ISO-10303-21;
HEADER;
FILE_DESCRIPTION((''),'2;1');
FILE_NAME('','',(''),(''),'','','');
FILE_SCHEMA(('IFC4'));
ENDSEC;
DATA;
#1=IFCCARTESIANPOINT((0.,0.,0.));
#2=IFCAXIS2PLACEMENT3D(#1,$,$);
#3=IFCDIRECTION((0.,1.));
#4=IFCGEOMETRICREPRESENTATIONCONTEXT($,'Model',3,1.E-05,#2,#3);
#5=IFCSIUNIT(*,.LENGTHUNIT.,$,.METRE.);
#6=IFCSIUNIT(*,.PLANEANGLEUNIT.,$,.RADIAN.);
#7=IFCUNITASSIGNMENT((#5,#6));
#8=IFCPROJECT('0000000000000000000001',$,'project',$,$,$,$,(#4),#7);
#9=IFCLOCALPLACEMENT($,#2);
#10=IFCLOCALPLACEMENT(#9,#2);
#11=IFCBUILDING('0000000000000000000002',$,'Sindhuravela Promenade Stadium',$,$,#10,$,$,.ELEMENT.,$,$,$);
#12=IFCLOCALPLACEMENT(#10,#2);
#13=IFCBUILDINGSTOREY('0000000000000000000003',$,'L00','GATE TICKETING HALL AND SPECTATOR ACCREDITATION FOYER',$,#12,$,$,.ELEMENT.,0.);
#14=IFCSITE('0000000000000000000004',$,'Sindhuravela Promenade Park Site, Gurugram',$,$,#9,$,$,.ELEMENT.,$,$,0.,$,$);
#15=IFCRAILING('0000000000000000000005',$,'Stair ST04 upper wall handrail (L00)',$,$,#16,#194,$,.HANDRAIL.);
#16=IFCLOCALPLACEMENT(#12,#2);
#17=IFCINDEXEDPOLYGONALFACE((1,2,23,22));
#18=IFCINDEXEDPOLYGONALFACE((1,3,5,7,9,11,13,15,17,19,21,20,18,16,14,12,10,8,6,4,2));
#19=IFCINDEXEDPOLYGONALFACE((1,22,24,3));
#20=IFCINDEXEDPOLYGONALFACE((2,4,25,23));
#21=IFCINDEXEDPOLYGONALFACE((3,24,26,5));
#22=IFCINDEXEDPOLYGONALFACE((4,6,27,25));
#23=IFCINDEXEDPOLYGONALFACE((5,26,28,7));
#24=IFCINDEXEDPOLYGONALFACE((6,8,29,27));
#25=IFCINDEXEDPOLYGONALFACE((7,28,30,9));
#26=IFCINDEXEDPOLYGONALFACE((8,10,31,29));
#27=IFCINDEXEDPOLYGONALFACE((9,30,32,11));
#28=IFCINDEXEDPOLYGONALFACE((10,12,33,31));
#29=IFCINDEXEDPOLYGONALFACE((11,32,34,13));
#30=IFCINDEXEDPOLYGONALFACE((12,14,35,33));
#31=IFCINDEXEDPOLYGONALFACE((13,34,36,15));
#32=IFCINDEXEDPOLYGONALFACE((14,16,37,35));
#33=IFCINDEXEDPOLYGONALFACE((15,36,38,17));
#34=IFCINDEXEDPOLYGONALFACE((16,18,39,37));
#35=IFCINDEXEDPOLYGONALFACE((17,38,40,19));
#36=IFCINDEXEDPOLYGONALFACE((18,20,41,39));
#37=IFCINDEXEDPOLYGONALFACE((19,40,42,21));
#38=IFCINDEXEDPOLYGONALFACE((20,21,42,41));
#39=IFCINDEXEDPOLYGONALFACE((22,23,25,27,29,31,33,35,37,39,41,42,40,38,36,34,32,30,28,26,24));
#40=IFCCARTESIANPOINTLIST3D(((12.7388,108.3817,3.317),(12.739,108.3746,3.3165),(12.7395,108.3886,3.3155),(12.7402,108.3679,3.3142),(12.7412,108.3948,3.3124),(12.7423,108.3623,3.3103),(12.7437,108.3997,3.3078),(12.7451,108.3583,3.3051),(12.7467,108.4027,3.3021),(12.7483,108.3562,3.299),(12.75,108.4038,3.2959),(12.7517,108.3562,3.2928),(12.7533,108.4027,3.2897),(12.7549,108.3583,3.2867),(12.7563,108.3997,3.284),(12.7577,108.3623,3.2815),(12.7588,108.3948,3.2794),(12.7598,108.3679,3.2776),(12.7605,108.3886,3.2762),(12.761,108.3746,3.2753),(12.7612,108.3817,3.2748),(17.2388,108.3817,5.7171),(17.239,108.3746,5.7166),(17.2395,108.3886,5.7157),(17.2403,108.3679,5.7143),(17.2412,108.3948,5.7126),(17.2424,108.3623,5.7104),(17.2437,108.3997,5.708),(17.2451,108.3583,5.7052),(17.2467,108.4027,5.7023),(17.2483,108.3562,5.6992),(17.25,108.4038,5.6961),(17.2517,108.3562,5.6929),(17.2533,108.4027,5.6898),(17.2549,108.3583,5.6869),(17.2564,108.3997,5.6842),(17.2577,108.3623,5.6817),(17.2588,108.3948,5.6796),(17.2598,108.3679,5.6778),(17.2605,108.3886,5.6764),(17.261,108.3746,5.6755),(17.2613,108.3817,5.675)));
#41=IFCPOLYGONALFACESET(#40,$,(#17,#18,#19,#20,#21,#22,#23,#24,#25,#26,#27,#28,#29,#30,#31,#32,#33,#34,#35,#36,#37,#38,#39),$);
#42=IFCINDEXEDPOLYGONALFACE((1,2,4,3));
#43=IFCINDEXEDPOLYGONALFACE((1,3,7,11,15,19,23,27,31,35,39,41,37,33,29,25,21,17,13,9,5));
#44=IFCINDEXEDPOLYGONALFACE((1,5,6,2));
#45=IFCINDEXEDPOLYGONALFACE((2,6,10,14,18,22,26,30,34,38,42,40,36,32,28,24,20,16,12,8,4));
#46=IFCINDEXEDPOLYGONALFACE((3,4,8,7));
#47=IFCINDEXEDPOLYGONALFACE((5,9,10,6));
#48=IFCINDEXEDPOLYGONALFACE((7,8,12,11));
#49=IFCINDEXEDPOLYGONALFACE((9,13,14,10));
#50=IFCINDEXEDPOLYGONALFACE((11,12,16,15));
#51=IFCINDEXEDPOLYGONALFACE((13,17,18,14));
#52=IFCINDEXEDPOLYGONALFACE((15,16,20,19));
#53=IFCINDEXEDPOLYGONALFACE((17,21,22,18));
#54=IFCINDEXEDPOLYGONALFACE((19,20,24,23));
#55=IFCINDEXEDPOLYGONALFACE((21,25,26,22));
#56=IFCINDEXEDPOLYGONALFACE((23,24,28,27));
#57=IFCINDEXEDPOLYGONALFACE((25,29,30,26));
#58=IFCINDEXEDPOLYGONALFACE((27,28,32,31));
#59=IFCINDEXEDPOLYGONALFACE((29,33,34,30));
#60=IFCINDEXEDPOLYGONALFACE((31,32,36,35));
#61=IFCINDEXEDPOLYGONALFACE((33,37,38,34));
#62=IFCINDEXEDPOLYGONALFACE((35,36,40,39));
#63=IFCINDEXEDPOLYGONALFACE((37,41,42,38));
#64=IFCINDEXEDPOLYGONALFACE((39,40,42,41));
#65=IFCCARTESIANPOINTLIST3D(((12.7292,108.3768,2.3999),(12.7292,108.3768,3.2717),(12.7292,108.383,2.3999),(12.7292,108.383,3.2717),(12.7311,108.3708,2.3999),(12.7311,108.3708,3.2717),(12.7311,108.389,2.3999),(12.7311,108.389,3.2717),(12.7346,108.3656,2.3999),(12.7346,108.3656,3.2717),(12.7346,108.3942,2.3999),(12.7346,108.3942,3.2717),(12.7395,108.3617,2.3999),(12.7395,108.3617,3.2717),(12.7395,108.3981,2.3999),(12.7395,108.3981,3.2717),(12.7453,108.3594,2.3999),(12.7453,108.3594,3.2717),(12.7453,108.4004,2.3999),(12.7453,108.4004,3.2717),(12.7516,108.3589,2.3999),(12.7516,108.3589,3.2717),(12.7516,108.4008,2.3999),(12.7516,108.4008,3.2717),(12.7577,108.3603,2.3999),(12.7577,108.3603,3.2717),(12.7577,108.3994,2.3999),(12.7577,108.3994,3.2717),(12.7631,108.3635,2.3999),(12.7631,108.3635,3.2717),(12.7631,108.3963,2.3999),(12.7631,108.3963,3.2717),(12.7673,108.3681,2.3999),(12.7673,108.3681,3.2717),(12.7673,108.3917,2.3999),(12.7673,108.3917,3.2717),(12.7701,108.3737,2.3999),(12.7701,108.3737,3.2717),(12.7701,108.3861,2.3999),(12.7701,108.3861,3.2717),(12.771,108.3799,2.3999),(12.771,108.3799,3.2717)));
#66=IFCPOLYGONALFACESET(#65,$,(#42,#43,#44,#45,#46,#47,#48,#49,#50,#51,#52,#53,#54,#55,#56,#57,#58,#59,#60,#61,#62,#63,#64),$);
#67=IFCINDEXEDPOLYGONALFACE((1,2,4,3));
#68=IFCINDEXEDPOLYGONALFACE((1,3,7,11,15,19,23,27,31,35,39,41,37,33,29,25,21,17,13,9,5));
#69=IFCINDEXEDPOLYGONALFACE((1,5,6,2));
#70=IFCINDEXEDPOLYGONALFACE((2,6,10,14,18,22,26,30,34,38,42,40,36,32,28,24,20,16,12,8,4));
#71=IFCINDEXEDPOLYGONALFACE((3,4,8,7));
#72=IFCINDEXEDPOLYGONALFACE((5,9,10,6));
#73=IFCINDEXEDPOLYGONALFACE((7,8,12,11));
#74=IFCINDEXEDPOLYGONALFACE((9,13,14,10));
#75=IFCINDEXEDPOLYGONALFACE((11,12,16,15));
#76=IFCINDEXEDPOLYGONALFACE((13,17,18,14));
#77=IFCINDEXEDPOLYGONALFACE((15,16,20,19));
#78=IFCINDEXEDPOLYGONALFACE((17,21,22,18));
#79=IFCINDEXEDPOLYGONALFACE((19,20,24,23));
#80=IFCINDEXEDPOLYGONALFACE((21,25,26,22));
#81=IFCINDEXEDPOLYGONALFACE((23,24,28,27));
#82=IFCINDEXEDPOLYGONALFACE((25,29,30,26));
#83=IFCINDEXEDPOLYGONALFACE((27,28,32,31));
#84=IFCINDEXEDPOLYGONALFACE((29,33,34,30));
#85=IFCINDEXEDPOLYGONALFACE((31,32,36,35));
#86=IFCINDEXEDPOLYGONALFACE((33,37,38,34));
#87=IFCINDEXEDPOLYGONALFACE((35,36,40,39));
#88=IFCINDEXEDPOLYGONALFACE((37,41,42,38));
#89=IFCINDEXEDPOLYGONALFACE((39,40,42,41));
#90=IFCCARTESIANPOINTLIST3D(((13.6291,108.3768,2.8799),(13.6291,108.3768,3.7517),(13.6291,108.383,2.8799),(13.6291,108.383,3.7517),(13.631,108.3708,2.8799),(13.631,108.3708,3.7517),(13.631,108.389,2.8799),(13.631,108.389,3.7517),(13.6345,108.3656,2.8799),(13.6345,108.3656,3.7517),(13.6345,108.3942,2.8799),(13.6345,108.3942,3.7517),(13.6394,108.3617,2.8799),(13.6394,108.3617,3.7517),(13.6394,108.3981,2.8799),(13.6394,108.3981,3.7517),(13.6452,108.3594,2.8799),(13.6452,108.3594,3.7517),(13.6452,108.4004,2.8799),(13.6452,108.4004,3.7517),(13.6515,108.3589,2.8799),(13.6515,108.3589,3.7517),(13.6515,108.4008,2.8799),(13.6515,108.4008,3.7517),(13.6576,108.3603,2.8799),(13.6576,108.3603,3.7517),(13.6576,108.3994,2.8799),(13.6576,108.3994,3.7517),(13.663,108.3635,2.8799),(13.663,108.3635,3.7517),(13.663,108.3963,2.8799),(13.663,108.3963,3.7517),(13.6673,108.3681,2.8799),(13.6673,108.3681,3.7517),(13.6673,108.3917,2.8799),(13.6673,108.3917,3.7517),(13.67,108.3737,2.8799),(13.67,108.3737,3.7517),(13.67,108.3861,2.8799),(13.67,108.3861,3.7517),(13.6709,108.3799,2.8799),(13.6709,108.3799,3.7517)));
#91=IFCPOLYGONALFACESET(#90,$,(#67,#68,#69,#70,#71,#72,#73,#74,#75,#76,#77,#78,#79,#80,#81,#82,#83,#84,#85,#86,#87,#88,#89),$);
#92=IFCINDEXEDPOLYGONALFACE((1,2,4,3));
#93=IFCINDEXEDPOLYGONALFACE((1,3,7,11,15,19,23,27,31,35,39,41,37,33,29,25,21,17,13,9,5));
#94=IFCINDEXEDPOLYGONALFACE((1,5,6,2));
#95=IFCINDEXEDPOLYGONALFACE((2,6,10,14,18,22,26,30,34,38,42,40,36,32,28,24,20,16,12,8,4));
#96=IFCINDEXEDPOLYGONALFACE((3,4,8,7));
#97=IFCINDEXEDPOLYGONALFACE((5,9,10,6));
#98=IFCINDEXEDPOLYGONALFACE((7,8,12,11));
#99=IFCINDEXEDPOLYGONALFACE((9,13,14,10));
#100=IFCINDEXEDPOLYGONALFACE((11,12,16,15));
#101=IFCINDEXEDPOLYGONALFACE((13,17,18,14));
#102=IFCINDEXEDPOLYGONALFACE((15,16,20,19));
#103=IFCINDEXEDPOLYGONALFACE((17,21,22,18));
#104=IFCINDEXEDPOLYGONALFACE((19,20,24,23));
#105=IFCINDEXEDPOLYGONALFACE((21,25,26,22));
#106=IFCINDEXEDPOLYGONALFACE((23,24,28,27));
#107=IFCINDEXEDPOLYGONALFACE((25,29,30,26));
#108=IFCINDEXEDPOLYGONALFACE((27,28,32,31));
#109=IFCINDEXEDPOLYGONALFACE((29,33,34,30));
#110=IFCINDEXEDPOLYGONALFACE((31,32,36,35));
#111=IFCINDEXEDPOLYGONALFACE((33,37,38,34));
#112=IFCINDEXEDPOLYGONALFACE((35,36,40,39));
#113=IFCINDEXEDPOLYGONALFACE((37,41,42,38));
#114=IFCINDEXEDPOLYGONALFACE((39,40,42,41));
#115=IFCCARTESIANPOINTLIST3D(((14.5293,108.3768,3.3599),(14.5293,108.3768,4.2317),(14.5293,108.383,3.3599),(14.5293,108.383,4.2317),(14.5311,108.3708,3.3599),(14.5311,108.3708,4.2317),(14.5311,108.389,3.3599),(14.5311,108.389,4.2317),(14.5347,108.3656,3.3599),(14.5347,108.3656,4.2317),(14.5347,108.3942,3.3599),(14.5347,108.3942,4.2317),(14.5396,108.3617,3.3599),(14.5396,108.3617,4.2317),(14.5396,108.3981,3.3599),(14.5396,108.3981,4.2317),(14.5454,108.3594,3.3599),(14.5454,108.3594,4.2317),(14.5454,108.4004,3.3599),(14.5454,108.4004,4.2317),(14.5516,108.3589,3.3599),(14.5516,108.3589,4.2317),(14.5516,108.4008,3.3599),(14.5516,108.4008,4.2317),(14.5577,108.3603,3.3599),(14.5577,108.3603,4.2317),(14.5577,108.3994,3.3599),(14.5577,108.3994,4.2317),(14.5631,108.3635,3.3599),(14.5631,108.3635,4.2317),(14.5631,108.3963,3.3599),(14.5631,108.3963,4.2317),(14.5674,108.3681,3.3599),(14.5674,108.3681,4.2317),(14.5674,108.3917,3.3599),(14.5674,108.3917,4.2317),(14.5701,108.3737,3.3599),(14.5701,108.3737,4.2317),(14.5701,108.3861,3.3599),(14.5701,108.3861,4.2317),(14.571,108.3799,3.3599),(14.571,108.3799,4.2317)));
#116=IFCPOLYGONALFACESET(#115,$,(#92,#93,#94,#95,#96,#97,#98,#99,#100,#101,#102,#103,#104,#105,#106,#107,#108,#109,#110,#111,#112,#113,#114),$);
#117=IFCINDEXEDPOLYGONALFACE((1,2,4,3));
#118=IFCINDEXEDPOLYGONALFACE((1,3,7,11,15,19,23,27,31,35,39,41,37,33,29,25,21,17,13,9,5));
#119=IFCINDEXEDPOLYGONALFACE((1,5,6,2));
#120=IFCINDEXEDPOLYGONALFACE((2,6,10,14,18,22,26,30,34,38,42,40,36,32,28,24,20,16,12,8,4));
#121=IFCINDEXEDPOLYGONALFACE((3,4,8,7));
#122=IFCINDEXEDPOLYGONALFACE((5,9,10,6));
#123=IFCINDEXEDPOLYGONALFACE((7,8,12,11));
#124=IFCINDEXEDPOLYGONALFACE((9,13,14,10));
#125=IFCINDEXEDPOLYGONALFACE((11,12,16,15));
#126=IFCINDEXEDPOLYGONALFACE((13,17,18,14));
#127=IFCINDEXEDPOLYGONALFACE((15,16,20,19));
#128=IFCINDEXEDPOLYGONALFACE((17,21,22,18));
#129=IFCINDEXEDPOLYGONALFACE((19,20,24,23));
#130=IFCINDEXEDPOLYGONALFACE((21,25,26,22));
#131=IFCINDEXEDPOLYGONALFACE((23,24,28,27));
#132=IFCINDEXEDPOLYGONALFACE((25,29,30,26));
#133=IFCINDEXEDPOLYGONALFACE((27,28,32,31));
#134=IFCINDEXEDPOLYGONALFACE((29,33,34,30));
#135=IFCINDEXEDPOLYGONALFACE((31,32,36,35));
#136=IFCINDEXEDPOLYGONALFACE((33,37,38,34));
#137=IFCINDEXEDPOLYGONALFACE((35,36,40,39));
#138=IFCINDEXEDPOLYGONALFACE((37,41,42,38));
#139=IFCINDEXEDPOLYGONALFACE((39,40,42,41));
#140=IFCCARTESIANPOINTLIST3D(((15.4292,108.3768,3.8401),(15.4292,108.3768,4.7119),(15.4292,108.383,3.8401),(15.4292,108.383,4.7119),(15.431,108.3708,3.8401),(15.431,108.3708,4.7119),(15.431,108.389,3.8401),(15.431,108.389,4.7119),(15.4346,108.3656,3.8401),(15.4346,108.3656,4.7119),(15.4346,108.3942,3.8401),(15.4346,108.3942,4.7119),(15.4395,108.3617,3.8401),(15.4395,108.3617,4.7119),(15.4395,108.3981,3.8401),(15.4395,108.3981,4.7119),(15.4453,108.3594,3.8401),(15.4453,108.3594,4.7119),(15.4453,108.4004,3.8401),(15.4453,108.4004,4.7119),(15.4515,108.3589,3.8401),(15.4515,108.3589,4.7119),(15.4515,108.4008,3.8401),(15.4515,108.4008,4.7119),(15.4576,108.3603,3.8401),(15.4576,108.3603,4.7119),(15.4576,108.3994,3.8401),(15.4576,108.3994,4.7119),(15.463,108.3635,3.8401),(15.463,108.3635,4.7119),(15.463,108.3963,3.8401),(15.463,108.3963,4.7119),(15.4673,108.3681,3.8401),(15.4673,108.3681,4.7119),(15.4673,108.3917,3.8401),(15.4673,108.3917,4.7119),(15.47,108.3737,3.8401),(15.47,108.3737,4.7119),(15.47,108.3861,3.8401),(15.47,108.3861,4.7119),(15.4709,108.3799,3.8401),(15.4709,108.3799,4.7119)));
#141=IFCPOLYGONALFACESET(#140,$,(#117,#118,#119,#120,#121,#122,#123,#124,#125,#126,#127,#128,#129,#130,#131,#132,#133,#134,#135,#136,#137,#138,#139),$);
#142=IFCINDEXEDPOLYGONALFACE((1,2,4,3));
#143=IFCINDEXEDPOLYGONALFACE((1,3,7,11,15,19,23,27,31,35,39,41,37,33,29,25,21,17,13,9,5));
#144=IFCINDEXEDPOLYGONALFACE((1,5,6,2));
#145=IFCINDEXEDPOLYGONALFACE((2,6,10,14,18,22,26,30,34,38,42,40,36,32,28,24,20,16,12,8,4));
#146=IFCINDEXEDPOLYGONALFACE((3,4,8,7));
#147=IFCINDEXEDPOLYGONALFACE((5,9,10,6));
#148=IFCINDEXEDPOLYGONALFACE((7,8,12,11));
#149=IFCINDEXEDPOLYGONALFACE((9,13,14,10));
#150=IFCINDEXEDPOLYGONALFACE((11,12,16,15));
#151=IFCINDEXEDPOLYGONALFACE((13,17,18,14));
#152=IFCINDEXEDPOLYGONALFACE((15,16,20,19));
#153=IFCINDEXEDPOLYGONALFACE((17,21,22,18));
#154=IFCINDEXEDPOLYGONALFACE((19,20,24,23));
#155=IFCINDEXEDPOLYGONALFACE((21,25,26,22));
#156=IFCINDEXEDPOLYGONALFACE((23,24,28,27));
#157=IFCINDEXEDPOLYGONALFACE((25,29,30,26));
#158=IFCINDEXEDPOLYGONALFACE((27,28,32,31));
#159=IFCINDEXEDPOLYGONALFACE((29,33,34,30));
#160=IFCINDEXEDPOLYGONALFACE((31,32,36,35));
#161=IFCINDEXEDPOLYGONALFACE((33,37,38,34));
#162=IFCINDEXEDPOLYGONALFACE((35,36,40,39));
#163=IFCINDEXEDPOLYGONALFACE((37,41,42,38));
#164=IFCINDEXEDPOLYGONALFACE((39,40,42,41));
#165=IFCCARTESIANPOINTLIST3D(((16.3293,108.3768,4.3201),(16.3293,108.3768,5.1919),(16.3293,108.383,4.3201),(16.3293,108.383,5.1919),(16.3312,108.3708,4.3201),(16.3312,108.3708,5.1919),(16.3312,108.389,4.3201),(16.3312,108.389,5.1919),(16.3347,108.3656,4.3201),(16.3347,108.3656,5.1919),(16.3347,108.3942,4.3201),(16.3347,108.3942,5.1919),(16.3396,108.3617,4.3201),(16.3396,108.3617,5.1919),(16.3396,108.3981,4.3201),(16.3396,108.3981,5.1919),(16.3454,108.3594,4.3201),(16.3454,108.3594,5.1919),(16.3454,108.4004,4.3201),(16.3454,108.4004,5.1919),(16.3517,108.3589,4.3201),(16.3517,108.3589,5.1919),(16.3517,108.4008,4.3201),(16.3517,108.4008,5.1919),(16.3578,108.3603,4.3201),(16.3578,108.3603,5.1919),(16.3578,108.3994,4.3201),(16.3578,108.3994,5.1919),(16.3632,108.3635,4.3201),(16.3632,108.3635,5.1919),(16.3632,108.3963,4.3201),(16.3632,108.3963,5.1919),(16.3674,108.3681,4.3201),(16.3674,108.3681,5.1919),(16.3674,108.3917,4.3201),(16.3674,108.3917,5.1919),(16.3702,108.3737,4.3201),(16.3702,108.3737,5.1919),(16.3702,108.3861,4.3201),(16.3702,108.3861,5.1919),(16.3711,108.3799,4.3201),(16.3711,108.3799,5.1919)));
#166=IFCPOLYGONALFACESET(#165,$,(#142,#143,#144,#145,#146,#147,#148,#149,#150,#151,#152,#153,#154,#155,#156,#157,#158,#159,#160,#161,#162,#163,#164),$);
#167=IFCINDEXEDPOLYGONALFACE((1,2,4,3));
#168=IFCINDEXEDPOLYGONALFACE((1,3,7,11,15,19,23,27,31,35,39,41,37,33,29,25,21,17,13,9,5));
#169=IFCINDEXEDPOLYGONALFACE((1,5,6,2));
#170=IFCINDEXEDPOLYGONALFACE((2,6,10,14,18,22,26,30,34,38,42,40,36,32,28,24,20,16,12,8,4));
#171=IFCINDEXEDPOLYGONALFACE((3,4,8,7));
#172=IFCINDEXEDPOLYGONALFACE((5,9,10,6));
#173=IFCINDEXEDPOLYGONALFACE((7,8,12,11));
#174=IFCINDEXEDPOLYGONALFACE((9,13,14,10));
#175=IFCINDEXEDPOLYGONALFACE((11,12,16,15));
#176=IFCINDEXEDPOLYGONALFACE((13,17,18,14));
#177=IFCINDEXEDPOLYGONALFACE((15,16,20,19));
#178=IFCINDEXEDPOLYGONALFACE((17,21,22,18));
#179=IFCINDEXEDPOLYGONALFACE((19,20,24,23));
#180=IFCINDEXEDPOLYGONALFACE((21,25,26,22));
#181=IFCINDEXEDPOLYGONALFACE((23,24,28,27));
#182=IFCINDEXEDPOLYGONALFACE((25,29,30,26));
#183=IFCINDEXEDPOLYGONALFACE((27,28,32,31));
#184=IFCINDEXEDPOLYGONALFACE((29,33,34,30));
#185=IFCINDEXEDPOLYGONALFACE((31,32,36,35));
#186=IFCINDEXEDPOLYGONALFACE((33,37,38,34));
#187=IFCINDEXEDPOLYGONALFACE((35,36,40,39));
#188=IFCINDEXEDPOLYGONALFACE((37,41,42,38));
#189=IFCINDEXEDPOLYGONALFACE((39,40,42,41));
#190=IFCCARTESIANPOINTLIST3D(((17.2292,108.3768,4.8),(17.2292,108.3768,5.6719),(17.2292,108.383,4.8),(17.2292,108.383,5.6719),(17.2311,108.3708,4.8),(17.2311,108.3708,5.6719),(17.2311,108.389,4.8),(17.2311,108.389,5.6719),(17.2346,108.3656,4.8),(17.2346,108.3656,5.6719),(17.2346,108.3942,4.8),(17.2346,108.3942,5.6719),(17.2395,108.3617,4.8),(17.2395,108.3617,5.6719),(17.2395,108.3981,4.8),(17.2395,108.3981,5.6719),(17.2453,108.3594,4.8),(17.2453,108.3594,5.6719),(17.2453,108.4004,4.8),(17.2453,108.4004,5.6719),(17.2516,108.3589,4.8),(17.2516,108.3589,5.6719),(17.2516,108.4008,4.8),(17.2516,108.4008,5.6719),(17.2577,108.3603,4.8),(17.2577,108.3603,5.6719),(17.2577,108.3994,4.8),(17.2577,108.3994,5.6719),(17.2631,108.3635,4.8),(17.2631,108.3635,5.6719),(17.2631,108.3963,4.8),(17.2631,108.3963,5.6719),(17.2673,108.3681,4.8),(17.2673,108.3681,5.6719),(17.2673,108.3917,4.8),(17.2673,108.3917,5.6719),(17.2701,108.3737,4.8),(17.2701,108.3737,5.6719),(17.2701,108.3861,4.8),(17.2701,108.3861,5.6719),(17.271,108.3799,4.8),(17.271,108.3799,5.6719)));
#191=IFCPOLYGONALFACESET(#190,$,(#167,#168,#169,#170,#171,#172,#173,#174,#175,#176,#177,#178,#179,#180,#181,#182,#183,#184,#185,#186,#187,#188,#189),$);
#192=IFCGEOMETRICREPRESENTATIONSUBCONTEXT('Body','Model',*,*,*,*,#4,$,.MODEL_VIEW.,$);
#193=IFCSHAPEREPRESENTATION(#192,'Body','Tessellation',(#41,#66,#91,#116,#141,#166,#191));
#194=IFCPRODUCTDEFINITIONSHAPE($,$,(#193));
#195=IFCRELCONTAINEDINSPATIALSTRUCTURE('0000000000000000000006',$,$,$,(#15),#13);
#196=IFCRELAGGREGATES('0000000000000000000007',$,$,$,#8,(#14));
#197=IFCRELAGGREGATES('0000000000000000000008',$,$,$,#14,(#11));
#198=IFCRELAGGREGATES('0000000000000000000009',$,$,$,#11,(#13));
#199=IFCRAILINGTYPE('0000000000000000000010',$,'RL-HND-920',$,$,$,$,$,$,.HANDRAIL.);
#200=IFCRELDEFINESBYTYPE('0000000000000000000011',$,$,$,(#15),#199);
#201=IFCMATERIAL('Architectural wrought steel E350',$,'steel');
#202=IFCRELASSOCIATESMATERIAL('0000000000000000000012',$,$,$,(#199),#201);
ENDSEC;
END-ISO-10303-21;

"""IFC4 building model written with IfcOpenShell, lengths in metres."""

from ifc_helpers import new_model, si_unit, direction, frame, origin, origin_2d, place, context, subcontext, project, spatial, circle, extrude, material, type_object, element, save


model = new_model("IFC4")

# Units and contexts
model_context = context("Model", 3, precision=1e-05, world=origin(), true_north=direction((0.0, 1.0)))
body_context = subcontext(model_context, "Body", "Model", "MODEL_VIEW")
ifc_project = project(units=[si_unit("LENGTHUNIT", "METRE"), si_unit("PLANEANGLEUNIT", "RADIAN")], contexts=[model_context])

# Site, building, storey
site_placement = place(None, origin())
site = spatial("IfcSite", under=ifc_project, at=site_placement, Name="Sindhuravela Promenade Park Site, Gurugram", CompositionType="ELEMENT", RefElevation=0.0)
building_placement = place(site_placement, origin())
building = spatial("IfcBuilding", under=site, at=building_placement, Name="Sindhuravela Promenade Stadium", CompositionType="ELEMENT")
storey_placement = place(building_placement, origin())
storey = spatial("IfcBuildingStorey", under=building, at=storey_placement, Name="L00", Description="GATE TICKETING HALL AND SPECTATOR ACCREDITATION FOYER", CompositionType="ELEMENT", Elevation=0.0)

# Shared definitions
ifc_material_1 = material(Name="Architectural wrought steel E350", Category="steel")

# Railing
railing_type_1 = type_object("IfcRailingType", Name="RL-HND-920", PredefinedType="HANDRAIL", material=ifc_material_1)
railing_1_placement = place(storey_placement, frame((12.75, 108.3799, 2.3999)))
element("IfcRailing", 1, at=railing_1_placement, inside=storey, type_object=railing_type_1, Name="Stair ST04 upper wall handrail (L00)", PredefinedType="HANDRAIL", context=body_context, shape_type="SweptSolid", body=[
    extrude(circle(Radius=0.0239, at=origin_2d()), frame((0.0, 0.0, 0.896), z_axis=(0.882341, 0.0, 0.470611), x_axis=(0.0, 1.0, 0.0)), (0.0, 0.0, 1.0), 5.1001),
    extrude(circle(Radius=0.021, at=origin_2d()), origin(), (0.0, 0.0, 1.0), 0.8718),
    extrude(circle(Radius=0.021, at=origin_2d()), frame((0.8999, 0.0, 0.48)), (0.0, 0.0, 1.0), 0.8718),
    extrude(circle(Radius=0.021, at=origin_2d()), frame((1.8, 0.0, 0.96)), (0.0, 0.0, 1.0), 0.8718),
    extrude(circle(Radius=0.021, at=origin_2d()), frame((2.7, 0.0, 1.4402)), (0.0, 0.0, 1.0), 0.8718),
    extrude(circle(Radius=0.021, at=origin_2d()), frame((3.6001, 0.0, 1.9202)), (0.0, 0.0, 1.0), 0.8718),
    extrude(circle(Radius=0.021, at=origin_2d()), frame((4.5, 0.0, 2.4001)), (0.0, 0.0, 1.0), 0.8718),
])

save(model, "model.ifc")
